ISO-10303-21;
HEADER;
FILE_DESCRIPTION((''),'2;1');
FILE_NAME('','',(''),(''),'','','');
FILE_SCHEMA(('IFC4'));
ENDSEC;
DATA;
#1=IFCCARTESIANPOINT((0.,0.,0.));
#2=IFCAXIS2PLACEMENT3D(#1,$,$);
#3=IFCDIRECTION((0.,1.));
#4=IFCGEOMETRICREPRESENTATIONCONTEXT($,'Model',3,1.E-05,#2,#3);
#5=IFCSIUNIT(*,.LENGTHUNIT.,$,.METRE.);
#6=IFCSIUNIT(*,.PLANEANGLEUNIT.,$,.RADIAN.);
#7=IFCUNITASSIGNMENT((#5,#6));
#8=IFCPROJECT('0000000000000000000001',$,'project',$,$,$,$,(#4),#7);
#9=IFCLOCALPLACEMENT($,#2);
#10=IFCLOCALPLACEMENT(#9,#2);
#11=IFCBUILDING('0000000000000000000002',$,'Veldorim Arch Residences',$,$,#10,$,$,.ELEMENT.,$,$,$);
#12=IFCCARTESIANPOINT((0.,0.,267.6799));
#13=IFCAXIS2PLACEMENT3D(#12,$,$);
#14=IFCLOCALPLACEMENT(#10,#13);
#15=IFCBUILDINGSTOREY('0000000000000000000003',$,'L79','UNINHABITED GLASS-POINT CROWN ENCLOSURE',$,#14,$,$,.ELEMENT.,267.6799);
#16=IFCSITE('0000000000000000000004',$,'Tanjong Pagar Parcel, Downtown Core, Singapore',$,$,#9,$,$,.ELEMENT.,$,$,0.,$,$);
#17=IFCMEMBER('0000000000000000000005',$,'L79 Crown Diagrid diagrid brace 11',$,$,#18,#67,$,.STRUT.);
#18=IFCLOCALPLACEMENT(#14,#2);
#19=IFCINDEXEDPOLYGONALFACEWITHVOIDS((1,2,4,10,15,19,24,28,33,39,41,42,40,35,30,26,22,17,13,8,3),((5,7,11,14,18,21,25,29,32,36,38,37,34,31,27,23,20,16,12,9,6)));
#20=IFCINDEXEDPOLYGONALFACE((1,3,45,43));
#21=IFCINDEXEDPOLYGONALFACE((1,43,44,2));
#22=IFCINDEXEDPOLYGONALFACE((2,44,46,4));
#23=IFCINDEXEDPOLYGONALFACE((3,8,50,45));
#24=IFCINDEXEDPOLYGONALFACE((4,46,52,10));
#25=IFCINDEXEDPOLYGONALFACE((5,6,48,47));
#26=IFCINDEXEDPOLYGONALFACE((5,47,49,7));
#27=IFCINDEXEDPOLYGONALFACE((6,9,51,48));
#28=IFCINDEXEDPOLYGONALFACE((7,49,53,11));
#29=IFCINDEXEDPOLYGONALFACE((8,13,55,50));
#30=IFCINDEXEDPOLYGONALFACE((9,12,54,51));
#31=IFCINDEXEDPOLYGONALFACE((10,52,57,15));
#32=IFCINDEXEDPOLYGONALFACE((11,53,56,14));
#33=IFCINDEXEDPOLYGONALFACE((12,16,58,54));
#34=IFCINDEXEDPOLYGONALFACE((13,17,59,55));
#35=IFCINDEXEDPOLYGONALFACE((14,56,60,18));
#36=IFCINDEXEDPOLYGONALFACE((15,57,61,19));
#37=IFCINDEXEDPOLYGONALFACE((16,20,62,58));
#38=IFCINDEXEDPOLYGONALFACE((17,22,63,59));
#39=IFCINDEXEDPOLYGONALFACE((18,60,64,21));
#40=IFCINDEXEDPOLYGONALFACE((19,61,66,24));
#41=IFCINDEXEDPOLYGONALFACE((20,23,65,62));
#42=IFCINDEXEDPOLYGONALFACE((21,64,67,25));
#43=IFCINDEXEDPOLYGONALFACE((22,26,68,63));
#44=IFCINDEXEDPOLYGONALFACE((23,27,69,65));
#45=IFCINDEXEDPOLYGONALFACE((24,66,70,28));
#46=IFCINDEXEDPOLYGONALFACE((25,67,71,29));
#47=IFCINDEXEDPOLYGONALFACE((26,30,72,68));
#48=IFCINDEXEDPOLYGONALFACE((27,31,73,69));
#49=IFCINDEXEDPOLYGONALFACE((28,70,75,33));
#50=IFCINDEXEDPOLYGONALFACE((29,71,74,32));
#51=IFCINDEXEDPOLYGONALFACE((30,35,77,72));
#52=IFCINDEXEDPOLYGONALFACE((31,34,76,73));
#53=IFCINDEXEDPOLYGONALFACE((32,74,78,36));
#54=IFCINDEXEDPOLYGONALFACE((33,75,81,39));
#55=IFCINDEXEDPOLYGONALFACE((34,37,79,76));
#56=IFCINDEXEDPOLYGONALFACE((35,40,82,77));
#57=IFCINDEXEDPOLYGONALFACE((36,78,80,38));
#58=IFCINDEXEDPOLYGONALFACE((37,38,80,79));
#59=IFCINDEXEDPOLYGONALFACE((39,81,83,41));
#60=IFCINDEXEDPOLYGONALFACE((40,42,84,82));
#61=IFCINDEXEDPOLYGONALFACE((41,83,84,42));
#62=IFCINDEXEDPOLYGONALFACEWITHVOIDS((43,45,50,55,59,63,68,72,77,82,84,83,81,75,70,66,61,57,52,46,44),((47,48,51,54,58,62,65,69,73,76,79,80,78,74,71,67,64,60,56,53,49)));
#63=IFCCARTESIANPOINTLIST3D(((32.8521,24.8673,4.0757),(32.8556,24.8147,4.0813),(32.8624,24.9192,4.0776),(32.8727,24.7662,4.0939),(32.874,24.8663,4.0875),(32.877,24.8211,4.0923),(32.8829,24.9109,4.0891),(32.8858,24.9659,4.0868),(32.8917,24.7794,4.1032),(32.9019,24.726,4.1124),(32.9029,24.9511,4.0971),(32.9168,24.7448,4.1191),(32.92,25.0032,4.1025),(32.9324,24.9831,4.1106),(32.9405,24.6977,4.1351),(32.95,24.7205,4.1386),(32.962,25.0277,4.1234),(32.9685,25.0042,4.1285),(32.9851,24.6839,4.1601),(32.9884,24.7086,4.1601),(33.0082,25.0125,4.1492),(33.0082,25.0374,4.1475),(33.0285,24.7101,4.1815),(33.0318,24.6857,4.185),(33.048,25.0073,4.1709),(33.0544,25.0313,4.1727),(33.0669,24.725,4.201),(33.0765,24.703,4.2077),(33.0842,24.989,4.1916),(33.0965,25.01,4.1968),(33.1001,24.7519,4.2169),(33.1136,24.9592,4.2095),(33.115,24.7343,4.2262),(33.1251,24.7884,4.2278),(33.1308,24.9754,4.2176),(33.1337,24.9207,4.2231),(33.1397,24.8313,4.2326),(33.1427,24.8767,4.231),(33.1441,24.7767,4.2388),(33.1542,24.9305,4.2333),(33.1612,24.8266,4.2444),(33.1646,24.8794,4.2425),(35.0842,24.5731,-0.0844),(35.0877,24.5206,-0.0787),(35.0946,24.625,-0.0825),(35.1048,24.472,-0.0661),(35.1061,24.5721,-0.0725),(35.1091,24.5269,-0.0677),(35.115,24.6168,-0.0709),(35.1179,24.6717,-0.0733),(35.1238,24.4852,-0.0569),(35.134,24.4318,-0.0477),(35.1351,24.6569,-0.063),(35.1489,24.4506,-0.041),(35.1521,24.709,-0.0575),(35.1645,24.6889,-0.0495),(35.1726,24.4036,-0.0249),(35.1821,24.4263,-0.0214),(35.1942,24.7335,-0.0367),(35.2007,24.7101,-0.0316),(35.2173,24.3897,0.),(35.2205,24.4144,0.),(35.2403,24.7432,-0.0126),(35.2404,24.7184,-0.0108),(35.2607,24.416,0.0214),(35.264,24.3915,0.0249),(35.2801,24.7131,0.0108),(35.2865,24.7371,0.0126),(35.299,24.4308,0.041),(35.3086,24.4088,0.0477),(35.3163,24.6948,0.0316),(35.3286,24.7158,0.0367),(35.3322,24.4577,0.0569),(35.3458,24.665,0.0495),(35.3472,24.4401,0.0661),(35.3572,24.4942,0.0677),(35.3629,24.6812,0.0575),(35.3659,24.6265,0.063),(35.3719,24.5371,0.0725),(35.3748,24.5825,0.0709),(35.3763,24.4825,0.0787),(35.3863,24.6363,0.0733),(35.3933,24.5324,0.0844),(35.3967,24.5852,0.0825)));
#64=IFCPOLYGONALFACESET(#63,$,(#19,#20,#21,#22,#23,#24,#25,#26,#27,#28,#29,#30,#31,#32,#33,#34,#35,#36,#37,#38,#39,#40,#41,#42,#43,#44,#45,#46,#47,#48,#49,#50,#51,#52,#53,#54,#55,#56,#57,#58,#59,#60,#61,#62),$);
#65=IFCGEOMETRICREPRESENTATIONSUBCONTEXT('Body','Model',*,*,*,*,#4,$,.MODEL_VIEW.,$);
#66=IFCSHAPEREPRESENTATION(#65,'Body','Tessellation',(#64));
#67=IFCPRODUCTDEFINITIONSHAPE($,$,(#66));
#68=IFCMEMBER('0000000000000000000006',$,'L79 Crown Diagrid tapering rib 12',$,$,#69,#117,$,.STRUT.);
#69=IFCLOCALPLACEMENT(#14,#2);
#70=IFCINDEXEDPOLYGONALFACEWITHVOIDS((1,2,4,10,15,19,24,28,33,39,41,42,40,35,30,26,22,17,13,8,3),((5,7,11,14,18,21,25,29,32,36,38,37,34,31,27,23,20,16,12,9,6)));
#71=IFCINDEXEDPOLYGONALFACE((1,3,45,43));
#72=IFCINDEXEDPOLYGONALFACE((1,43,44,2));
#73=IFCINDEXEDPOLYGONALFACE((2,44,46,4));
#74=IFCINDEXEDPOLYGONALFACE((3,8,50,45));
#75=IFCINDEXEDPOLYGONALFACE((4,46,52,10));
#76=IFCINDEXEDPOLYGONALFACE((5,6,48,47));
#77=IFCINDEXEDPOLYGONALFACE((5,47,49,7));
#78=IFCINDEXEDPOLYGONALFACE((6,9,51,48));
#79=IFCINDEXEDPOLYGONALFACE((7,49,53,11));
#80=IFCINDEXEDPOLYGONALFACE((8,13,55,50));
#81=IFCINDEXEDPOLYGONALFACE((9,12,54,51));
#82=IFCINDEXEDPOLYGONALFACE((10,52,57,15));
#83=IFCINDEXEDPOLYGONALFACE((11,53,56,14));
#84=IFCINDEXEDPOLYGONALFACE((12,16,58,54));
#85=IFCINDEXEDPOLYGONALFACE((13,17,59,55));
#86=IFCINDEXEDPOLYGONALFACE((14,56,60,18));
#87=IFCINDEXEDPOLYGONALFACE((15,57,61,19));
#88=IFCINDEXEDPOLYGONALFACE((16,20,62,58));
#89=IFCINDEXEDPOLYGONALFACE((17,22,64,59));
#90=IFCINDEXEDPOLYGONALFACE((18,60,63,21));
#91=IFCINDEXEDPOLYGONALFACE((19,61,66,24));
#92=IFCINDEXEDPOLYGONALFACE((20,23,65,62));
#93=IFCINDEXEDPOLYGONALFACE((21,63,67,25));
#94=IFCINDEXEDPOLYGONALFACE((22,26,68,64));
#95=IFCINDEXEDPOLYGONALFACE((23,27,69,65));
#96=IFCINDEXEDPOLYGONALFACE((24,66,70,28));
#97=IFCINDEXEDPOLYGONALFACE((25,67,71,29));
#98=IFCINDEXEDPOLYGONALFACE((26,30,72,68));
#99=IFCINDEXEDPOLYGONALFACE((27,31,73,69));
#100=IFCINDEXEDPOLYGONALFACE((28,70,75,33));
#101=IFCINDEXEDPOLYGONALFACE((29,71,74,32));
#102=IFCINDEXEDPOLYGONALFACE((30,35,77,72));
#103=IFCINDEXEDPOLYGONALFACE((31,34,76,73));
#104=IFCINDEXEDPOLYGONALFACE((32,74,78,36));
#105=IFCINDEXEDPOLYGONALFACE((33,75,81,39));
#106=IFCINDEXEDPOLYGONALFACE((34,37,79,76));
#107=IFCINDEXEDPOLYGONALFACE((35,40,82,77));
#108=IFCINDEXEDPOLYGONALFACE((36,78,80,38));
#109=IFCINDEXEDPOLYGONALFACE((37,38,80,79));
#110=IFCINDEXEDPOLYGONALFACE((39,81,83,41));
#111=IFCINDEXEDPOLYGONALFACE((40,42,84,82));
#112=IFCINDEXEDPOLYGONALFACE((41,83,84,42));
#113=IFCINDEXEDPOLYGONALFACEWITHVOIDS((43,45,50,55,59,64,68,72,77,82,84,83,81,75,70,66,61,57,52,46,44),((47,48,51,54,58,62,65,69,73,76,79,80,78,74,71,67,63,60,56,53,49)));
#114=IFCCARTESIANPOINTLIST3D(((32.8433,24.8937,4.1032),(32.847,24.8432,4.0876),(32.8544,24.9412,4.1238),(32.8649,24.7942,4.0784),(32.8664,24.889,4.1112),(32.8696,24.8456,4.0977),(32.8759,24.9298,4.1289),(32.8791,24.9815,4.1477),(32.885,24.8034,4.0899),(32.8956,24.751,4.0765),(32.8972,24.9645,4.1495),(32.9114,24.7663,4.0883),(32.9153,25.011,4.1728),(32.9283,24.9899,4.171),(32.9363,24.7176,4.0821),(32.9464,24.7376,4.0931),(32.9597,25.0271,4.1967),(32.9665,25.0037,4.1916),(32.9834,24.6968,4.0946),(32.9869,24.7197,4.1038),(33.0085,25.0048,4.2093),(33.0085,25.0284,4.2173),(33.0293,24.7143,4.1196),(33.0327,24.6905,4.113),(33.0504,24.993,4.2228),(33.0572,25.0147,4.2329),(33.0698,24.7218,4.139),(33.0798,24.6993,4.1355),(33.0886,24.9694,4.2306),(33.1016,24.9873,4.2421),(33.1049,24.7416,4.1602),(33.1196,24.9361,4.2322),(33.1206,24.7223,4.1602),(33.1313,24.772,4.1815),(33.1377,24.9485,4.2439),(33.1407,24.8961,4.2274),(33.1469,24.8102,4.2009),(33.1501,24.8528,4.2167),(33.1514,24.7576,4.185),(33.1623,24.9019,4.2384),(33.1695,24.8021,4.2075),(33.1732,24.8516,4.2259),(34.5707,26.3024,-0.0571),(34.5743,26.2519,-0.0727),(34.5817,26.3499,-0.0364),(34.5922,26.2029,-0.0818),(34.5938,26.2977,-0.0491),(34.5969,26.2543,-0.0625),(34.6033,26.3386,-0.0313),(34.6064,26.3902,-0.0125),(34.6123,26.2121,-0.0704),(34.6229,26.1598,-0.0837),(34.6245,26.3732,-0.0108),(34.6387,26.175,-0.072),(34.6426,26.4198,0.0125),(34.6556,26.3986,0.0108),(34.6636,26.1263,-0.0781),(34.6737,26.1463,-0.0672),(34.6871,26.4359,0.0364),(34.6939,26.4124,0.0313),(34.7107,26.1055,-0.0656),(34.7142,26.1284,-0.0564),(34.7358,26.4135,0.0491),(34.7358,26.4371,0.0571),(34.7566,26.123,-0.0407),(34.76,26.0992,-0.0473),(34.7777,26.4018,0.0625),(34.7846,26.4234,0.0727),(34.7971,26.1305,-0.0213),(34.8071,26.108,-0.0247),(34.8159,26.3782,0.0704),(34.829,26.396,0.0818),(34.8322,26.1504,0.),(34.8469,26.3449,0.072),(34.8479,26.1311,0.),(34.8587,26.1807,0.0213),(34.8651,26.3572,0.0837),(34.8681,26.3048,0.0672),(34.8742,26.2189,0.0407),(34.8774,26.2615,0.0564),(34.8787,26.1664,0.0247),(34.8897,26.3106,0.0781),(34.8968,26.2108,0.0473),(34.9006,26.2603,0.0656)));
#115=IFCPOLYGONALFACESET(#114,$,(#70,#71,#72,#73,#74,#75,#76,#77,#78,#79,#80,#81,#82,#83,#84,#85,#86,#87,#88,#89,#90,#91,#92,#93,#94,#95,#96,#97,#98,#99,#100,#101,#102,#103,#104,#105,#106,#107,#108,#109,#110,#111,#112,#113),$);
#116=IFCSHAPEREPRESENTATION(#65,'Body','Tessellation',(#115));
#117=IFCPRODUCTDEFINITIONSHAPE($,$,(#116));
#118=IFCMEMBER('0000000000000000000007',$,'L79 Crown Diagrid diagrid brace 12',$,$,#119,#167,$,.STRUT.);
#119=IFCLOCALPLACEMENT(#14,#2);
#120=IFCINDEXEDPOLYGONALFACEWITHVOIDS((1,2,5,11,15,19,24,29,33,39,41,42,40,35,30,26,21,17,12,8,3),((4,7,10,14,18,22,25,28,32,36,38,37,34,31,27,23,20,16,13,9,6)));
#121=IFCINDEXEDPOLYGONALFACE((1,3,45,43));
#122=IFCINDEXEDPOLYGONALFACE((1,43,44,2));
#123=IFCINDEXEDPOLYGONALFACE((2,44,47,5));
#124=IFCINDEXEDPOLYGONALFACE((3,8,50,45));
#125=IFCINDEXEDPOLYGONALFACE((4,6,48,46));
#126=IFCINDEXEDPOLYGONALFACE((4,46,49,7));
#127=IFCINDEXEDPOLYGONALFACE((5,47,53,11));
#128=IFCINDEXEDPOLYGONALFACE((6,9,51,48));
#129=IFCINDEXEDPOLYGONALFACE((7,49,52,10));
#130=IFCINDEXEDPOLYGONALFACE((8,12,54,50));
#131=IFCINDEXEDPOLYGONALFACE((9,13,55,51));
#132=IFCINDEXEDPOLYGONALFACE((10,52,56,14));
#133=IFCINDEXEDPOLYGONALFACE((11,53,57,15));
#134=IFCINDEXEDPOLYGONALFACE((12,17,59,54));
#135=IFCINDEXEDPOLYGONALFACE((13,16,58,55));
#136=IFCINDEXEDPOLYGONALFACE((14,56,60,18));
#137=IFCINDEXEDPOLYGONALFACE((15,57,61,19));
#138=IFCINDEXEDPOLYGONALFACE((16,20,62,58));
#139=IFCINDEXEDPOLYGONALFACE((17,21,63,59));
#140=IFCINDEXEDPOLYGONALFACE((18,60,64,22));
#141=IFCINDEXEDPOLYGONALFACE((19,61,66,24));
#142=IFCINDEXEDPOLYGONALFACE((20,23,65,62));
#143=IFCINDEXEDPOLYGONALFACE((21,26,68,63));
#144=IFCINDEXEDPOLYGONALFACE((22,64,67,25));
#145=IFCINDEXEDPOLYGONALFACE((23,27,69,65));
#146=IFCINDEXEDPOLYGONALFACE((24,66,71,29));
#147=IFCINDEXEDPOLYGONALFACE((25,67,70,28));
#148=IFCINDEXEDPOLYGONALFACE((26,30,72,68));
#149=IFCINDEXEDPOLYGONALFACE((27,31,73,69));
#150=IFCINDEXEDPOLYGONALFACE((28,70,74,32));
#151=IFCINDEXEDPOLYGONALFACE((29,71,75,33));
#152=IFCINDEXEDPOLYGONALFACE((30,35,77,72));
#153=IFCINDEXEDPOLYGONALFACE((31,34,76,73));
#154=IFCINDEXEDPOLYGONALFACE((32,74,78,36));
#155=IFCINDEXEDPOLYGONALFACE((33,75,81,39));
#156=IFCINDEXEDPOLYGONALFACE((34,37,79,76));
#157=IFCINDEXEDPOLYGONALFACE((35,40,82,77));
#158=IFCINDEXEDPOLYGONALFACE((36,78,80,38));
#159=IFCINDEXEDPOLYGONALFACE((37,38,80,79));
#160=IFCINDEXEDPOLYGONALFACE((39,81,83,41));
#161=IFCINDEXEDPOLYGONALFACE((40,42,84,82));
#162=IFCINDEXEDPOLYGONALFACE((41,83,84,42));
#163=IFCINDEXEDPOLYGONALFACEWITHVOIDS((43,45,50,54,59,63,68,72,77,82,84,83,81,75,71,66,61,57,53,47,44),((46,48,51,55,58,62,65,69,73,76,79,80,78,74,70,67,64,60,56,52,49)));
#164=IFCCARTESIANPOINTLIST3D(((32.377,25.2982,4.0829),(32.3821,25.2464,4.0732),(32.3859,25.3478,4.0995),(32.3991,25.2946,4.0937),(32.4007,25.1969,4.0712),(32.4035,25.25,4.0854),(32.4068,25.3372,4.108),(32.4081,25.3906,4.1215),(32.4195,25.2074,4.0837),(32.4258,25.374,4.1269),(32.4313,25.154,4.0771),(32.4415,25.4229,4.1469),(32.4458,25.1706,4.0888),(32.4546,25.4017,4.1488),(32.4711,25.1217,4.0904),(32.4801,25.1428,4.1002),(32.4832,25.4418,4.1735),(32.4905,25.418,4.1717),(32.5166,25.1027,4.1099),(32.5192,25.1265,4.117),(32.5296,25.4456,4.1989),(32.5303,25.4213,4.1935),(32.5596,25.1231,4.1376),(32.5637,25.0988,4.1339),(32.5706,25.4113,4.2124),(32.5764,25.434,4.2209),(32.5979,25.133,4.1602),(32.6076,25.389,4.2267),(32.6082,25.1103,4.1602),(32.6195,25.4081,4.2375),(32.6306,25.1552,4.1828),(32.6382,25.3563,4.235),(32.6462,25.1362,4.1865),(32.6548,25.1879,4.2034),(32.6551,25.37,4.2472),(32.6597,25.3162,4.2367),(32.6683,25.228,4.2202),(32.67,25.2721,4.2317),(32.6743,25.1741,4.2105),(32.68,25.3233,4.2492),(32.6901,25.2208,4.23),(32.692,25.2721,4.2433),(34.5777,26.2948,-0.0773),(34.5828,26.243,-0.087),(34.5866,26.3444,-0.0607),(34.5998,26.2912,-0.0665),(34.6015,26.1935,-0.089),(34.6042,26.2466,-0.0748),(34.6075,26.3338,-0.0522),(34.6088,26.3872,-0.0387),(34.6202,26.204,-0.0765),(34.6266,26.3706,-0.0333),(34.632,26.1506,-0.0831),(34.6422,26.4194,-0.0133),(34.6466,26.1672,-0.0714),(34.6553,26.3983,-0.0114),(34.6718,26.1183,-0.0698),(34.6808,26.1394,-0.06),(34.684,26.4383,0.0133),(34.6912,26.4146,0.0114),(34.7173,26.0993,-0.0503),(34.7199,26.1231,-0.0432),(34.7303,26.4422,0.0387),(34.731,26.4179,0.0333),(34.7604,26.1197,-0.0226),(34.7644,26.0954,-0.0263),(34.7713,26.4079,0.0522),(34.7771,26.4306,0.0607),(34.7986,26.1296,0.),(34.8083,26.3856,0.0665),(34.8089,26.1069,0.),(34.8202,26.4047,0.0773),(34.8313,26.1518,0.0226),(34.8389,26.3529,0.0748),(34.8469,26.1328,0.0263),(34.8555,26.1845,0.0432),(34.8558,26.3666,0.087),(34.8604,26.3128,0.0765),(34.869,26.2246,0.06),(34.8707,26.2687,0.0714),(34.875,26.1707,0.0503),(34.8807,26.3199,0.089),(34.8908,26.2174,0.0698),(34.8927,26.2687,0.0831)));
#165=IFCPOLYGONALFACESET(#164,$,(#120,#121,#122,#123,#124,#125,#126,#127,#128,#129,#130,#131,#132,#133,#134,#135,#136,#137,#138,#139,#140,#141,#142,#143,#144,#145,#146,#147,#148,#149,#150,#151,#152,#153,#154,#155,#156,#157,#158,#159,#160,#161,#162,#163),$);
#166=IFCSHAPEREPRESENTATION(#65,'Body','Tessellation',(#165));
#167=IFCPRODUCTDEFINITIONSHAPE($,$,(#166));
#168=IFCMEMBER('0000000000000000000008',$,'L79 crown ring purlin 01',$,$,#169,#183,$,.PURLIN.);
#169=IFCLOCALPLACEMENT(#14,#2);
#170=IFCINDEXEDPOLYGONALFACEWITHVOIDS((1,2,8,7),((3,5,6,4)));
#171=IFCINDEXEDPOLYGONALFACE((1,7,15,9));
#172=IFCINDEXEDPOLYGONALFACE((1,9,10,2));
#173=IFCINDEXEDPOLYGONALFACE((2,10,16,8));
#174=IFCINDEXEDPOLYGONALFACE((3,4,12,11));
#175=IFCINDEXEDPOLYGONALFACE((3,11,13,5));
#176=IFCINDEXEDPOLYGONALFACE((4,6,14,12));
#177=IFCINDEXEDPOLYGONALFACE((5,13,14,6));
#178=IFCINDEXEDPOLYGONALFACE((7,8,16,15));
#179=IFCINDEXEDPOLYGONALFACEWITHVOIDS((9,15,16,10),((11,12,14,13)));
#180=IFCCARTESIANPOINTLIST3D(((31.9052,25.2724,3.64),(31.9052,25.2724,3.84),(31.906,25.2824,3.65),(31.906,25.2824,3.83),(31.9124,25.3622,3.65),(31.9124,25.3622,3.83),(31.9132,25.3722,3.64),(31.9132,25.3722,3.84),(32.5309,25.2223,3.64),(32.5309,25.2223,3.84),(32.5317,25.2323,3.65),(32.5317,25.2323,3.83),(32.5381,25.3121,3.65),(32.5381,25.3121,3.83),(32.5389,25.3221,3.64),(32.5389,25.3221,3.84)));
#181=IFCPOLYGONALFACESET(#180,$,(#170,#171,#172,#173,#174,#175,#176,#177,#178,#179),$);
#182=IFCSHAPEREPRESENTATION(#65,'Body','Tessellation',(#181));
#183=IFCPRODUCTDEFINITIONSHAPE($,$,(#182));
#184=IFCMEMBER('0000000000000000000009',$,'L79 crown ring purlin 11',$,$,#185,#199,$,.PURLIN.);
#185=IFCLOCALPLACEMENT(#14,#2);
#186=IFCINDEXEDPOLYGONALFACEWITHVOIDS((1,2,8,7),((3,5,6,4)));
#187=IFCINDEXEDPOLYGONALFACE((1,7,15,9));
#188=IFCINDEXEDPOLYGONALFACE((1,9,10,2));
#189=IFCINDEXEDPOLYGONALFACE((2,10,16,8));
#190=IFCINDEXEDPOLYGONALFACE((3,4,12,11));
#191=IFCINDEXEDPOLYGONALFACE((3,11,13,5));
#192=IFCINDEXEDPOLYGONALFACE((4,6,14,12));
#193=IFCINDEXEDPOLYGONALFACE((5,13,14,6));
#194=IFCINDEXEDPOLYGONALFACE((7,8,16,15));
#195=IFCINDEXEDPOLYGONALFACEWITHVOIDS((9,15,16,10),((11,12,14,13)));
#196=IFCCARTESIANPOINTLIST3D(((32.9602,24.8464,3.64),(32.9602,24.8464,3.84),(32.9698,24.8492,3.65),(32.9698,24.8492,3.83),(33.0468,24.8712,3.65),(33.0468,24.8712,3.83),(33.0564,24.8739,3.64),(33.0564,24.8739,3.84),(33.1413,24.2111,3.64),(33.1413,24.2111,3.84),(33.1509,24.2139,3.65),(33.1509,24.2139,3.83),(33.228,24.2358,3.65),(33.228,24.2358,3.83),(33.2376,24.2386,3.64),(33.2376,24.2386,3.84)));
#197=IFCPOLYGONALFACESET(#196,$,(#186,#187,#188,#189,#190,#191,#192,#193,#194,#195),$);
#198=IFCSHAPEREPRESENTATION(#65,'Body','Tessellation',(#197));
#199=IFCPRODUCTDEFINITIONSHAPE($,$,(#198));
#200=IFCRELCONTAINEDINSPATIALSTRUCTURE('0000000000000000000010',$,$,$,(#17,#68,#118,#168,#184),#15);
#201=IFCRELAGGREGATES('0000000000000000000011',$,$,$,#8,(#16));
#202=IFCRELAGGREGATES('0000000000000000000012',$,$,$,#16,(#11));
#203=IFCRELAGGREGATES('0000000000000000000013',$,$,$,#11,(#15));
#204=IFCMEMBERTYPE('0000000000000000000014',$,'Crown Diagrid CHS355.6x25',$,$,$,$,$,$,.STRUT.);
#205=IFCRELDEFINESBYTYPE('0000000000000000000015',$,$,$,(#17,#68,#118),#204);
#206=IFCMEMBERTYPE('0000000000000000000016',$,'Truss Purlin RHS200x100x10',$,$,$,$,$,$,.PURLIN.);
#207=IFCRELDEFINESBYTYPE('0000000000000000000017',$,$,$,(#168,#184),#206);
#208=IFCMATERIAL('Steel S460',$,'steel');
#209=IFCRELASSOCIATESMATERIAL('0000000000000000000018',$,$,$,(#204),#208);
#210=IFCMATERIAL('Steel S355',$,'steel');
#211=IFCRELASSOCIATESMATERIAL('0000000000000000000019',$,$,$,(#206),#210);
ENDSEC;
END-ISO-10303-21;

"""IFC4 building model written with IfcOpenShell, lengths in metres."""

from ifc_helpers import new_model, si_unit, direction, frame, origin, origin_2d, place, context, subcontext, project, spatial, hollow_rectangle, hollow_circle, extrude, material, material_profile, profile_set, type_object, element, save


model = new_model("IFC4")

# Units and contexts
model_context = context("Model", 3, precision=1e-05, world=origin(), true_north=direction((0.0, 1.0)))
body_context = subcontext(model_context, "Body", "Model", "MODEL_VIEW")
ifc_project = project(units=[si_unit("LENGTHUNIT", "METRE"), si_unit("PLANEANGLEUNIT", "RADIAN")], contexts=[model_context])

# Site, building, storey
site_placement = place(None, origin())
site = spatial("IfcSite", under=ifc_project, at=site_placement, Name="Tanjong Pagar Parcel, Downtown Core, Singapore", CompositionType="ELEMENT", RefElevation=0.0)
building_placement = place(site_placement, origin())
building = spatial("IfcBuilding", under=site, at=building_placement, Name="Veldorim Arch Residences", CompositionType="ELEMENT")
storey_placement = place(building_placement, frame((0.0, 0.0, 267.6799)))
storey = spatial("IfcBuildingStorey", under=building, at=storey_placement, Name="L79", Description="UNINHABITED GLASS-POINT CROWN ENCLOSURE", CompositionType="ELEMENT", Elevation=267.6799)

# Members
ifc_material_1 = material(Name="Steel S460", Category="steel")
ifc_material_profile_1 = material_profile(ifc_material_1, hollow_circle(Radius=0.1777, WallThickness=0.0249, at=origin_2d()), Name="CHS355.6x25")
ifc_profile_set_1 = profile_set([ifc_material_profile_1], Name="Steel S460")
member_type_1 = type_object("IfcMemberType", Name="Crown Diagrid CHS355.6x25", PredefinedType="STRUT", material=ifc_profile_set_1)
member_1_placement = place(storey_placement, frame((35.2405, 24.5659, 0.0), z_axis=(-0.471886, 0.062192, 0.879463), x_axis=(-0.130665, -0.991427, 0.0)))
element("IfcMember", 1, at=member_1_placement, inside=storey, type_object=member_type_1, Name="L79 Crown Diagrid diagrid brace 11", PredefinedType="STRUT", context=body_context, shape_type="SweptSolid", body=[
    extrude(hollow_circle(Radius=0.1777, WallThickness=0.0249, at=origin_2d()), origin(), (0.0, 0.0, 1.0), 4.7302),
])
member_2_placement = place(storey_placement, frame((34.7356, 26.2688, 0.0), z_axis=(-0.365981, -0.298475, 0.881459), x_axis=(0.632014, -0.774957, 0.0)))
element("IfcMember", 2, at=member_2_placement, inside=storey, type_object=member_type_1, Name="L79 Crown Diagrid tapering rib 12", PredefinedType="STRUT", context=body_context, shape_type="SweptSolid", body=[
    extrude(hollow_circle(Radius=0.1777, WallThickness=0.0249, at=origin_2d()), origin(), (0.0, 0.0, 1.0), 4.7197),
])
member_3_placement = place(storey_placement, frame((34.7356, 26.2688, 0.0), z_axis=(-0.457454, -0.207158, 0.864767), x_axis=(0.412523, -0.910947, 0.0)))
element("IfcMember", 3, at=member_3_placement, inside=storey, type_object=member_type_1, Name="L79 Crown Diagrid diagrid brace 12", PredefinedType="STRUT", context=body_context, shape_type="SweptSolid", body=[
    extrude(hollow_circle(Radius=0.1777, WallThickness=0.0249, at=origin_2d()), origin(), (0.0, 0.0, 1.0), 4.8108),
])
ifc_material_2 = material(Name="Steel S355", Category="steel")
ifc_material_profile_2 = material_profile(ifc_material_2, hollow_rectangle(XDim=0.1001, YDim=0.2, WallThickness=0.01, at=origin_2d()), Name="RHS200x100x10")
ifc_profile_set_2 = profile_set([ifc_material_profile_2], Name="Steel S355")
member_type_2 = type_object("IfcMemberType", Name="Truss Purlin RHS200x100x10", PredefinedType="PURLIN", material=ifc_profile_set_2)
member_4_placement = place(storey_placement, frame((32.5349, 25.2722, 3.74), z_axis=(-0.996817, 0.07973, 0.0), x_axis=(-0.07973, -0.996817, 0.0)))
element("IfcMember", 4, at=member_4_placement, inside=storey, type_object=member_type_2, Name="L79 crown ring purlin 01", PredefinedType="PURLIN", context=body_context, shape_type="SweptSolid", body=[
    extrude(hollow_rectangle(XDim=0.1001, YDim=0.2, WallThickness=0.01, at=origin_2d()), origin(), (0.0, 0.0, 1.0), 0.6277),
])
member_5_placement = place(storey_placement, frame((33.1895, 24.2249, 3.74), z_axis=(-0.274233, 0.961663, 0.0), x_axis=(-0.961663, -0.274233, 0.0)))
element("IfcMember", 5, at=member_5_placement, inside=storey, type_object=member_type_2, Name="L79 crown ring purlin 11", PredefinedType="PURLIN", context=body_context, shape_type="SweptSolid", body=[
    extrude(hollow_rectangle(XDim=0.1001, YDim=0.2, WallThickness=0.01, at=origin_2d()), origin(), (0.0, 0.0, 1.0), 0.6606),
])

save(model, "model.ifc")
